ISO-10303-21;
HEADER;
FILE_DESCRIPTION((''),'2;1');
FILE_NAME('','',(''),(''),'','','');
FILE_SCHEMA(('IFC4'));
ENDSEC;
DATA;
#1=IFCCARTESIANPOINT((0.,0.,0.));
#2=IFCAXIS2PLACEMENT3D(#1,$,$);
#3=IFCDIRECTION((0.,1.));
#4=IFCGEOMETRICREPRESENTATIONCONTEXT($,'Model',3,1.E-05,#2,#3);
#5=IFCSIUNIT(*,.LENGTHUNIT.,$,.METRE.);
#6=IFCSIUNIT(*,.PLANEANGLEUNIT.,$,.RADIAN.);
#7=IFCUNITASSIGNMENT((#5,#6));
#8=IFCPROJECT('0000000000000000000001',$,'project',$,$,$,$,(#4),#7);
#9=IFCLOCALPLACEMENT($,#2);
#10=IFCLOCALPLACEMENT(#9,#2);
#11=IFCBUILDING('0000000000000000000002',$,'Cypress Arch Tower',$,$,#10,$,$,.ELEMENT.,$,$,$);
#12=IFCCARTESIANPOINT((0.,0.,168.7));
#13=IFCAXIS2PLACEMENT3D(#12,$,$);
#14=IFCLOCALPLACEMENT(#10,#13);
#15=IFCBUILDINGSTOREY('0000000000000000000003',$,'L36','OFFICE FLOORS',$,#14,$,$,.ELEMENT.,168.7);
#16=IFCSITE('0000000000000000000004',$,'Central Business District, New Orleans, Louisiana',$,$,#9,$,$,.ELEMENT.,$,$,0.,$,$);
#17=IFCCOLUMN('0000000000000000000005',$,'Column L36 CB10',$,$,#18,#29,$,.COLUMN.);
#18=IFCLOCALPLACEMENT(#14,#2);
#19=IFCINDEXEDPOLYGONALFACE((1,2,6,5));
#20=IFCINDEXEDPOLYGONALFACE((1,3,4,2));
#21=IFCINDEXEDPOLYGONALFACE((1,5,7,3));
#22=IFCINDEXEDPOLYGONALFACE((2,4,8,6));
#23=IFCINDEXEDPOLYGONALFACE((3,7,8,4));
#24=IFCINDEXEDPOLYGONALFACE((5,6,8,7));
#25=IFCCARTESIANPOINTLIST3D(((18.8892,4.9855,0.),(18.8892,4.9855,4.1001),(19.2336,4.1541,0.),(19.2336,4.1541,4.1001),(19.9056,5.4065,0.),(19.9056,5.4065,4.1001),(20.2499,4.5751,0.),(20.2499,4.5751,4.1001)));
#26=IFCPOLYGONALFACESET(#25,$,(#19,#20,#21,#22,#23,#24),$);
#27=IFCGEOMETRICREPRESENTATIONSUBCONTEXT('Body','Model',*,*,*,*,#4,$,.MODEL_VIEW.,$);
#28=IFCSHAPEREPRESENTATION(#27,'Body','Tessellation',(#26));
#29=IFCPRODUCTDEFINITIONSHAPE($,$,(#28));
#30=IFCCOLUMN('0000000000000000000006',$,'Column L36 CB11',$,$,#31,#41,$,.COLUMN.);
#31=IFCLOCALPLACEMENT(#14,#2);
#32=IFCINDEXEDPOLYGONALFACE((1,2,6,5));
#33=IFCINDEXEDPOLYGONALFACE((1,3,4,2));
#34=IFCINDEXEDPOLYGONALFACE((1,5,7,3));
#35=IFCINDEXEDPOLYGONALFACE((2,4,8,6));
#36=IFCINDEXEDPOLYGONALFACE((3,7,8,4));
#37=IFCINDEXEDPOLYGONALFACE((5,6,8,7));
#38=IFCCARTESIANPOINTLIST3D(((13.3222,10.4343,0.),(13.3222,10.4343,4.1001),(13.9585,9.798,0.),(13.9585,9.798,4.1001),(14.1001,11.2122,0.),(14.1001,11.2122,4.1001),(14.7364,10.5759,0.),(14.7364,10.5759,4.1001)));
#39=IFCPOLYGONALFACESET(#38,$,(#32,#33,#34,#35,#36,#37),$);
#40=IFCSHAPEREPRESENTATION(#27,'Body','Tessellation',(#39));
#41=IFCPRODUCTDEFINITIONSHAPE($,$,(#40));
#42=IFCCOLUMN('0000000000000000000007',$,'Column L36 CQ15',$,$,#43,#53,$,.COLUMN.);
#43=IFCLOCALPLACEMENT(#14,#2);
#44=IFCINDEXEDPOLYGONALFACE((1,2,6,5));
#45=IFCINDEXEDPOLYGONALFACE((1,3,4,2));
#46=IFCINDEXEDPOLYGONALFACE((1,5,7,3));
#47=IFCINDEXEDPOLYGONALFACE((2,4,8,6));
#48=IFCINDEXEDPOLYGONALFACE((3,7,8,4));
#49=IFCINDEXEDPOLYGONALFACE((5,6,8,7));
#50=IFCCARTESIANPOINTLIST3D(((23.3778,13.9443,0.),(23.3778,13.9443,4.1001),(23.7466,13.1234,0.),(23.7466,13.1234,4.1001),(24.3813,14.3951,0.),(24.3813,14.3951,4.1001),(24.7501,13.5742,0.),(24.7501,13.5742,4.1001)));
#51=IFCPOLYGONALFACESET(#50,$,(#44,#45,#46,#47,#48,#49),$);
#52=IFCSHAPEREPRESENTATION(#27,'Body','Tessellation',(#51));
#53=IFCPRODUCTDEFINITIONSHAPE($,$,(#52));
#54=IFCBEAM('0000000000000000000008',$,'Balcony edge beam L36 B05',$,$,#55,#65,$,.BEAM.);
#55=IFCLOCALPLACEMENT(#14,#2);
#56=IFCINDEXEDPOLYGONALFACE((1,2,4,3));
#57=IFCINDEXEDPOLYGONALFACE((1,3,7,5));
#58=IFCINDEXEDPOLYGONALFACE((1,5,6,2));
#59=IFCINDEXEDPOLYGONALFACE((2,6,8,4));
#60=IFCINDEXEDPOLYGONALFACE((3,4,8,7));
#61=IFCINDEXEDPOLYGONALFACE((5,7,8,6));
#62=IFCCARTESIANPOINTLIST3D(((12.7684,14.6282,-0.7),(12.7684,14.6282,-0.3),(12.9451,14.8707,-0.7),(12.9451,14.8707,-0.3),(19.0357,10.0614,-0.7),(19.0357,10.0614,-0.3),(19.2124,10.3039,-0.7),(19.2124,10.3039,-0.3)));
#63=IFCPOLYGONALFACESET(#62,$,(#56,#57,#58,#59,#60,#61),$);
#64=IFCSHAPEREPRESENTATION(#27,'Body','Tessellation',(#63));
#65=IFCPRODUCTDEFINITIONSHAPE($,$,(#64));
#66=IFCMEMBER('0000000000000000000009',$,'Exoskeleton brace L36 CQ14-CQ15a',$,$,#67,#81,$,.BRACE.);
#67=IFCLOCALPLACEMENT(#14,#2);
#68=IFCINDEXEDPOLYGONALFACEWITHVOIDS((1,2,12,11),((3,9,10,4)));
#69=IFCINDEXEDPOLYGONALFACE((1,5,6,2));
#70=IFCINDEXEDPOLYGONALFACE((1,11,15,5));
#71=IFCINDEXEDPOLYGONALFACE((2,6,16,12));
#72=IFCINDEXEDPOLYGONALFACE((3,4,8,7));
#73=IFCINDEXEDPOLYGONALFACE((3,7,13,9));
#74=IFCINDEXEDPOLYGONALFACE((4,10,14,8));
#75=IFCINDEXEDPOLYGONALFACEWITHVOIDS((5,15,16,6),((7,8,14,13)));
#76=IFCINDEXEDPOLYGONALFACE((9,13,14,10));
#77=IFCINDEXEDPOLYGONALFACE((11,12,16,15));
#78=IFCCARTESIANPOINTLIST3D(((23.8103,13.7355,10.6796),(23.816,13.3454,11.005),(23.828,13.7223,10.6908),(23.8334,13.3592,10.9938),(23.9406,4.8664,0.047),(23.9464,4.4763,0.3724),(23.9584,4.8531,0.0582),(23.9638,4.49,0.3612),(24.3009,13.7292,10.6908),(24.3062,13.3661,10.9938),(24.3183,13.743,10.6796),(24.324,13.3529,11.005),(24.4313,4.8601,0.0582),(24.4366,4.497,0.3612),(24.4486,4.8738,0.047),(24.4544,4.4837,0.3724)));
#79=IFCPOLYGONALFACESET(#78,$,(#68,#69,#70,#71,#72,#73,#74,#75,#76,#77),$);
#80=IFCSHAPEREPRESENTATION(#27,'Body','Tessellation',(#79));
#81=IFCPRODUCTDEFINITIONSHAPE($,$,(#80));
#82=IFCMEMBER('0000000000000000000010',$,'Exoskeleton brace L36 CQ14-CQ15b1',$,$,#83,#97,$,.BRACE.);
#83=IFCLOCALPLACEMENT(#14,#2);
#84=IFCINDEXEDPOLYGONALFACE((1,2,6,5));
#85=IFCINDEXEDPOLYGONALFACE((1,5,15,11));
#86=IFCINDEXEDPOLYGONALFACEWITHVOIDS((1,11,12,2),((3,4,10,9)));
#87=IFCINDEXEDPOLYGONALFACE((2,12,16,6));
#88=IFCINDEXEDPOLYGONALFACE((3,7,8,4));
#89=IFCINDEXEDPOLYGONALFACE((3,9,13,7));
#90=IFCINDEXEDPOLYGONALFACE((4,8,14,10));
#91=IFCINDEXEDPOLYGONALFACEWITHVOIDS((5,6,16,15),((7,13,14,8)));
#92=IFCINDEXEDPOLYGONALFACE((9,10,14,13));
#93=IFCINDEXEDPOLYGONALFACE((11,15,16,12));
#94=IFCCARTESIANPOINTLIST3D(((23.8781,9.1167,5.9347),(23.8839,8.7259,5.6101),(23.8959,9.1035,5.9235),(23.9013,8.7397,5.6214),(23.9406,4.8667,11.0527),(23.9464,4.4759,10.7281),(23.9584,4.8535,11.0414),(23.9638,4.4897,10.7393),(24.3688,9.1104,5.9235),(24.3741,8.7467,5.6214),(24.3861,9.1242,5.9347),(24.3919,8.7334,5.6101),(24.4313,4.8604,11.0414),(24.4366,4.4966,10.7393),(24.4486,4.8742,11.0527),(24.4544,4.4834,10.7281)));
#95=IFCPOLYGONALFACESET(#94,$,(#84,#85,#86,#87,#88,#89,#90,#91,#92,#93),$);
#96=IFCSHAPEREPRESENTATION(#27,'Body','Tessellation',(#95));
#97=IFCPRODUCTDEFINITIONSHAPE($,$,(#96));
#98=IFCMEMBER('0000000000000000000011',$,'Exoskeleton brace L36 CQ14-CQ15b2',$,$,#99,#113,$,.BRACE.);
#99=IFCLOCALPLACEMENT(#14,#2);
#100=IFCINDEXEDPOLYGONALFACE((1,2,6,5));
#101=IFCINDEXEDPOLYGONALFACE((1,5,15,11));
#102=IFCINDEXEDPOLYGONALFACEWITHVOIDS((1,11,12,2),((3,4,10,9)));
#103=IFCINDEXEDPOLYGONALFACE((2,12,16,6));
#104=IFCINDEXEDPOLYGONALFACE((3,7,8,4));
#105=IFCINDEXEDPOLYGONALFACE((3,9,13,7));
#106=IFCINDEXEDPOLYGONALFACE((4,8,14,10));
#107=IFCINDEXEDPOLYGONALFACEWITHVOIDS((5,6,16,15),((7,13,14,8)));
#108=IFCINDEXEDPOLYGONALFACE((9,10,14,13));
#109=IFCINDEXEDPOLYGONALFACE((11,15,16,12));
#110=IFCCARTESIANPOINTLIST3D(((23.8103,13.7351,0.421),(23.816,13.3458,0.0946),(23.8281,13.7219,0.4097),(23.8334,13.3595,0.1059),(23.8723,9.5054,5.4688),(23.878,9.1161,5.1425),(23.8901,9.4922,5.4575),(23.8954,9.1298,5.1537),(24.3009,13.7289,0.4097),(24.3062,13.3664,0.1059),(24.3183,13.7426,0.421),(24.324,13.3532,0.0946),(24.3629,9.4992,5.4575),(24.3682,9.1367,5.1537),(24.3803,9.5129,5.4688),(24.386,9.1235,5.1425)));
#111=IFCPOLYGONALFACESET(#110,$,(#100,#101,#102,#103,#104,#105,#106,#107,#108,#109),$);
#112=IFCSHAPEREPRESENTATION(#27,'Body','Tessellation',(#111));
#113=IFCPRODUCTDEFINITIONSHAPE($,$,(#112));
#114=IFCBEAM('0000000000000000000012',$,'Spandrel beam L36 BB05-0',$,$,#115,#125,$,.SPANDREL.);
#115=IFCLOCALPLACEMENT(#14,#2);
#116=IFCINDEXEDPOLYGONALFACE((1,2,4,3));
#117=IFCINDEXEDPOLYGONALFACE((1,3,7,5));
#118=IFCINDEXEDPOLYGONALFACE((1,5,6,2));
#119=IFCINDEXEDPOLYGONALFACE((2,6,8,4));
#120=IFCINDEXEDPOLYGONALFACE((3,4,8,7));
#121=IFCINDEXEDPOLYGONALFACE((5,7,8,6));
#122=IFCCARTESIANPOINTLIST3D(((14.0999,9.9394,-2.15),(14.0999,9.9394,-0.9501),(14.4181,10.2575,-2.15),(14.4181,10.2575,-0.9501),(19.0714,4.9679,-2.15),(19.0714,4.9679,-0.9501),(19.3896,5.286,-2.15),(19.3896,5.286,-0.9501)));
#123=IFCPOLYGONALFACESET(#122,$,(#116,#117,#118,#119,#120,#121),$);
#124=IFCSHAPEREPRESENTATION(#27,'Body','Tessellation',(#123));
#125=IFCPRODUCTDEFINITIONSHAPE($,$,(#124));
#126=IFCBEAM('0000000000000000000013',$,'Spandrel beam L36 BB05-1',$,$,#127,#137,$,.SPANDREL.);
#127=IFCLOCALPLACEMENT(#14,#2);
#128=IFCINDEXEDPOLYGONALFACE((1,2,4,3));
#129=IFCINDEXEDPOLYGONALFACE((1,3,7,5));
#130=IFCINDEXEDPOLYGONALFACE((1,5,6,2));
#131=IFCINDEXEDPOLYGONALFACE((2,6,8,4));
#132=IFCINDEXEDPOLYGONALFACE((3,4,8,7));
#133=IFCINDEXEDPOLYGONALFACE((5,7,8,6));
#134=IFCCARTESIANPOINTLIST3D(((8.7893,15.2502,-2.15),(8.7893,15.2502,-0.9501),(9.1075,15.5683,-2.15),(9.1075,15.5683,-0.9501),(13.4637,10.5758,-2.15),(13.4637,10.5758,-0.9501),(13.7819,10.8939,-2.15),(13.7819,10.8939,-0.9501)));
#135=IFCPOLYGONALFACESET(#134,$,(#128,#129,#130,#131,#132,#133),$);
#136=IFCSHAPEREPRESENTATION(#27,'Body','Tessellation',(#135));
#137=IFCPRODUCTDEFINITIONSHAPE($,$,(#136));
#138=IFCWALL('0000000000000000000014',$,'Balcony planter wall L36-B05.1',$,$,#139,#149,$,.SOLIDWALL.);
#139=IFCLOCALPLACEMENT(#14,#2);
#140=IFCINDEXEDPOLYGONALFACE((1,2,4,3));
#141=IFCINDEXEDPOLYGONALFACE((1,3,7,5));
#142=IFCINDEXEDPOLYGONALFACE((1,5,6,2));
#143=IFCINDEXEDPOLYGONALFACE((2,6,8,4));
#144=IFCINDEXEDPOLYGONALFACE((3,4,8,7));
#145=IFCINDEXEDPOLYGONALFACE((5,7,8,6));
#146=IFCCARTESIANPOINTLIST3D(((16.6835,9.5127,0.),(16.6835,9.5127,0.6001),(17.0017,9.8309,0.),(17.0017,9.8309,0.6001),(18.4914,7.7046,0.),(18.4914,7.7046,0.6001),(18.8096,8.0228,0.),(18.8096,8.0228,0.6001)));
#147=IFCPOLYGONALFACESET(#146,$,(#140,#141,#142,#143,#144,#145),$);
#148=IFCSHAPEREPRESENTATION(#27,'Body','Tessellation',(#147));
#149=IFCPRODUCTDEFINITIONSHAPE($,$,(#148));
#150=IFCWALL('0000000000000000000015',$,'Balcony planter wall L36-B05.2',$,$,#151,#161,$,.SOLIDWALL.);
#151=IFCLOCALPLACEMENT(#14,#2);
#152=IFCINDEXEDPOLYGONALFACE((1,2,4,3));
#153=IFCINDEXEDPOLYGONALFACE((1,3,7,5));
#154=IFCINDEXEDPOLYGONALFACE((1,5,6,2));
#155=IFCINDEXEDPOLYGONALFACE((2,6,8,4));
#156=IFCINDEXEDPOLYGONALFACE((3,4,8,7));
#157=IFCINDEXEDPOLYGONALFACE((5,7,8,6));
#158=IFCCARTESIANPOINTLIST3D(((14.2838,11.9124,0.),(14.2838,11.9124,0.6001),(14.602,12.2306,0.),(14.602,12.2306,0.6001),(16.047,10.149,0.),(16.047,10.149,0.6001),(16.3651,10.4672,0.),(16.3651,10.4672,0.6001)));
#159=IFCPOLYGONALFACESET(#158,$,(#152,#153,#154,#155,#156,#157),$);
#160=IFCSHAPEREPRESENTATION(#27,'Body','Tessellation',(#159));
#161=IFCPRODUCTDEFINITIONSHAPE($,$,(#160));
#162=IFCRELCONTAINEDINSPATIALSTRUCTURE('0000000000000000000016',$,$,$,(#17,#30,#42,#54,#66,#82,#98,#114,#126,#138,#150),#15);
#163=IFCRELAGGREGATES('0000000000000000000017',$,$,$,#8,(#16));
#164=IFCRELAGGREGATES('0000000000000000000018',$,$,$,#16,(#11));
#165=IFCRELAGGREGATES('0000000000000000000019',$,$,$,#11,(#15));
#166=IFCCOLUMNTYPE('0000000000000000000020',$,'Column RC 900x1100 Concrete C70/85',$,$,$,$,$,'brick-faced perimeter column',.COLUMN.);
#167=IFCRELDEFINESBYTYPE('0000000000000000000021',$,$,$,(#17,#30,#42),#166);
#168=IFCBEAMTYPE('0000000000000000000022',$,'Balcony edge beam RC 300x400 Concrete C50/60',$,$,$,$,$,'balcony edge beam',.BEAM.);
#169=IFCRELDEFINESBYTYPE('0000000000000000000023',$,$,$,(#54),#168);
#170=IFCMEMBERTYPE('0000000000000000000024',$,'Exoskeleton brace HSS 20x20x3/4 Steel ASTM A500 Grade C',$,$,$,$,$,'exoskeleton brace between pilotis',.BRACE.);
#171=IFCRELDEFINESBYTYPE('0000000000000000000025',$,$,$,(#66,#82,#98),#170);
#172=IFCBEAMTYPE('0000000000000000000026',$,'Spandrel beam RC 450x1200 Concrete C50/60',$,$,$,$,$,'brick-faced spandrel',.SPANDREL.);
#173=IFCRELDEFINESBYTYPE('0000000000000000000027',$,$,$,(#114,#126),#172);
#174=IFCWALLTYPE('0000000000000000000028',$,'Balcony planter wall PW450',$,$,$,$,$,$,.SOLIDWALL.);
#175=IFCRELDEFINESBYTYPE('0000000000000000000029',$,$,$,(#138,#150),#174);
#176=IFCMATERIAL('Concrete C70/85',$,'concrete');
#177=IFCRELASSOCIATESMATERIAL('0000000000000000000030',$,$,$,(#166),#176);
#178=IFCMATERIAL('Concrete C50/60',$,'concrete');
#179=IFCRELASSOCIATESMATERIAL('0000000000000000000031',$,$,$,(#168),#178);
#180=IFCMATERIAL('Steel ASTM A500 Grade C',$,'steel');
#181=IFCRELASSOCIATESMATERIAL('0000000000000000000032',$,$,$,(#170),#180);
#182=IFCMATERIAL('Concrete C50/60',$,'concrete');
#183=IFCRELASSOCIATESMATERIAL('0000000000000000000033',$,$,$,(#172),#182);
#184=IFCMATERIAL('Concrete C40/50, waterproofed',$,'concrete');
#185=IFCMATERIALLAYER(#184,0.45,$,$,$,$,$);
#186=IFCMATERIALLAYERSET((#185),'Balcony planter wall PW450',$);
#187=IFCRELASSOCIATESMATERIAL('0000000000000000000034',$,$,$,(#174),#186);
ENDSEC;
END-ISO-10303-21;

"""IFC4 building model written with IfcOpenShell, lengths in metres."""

from ifc_helpers import new_model, si_unit, direction, frame, frame_2d, origin, origin_2d, place, context, subcontext, project, spatial, rectangle, hollow_rectangle, extrude, material, layer, layer_set, material_profile, profile_set, type_object, element, save


model = new_model("IFC4")

# Units and contexts
model_context = context("Model", 3, precision=1e-05, world=origin(), true_north=direction((0.0, 1.0)))
body_context = subcontext(model_context, "Body", "Model", "MODEL_VIEW")
ifc_project = project(units=[si_unit("LENGTHUNIT", "METRE"), si_unit("PLANEANGLEUNIT", "RADIAN")], contexts=[model_context])

# Site, building, storey
site_placement = place(None, origin())
site = spatial("IfcSite", under=ifc_project, at=site_placement, Name="Central Business District, New Orleans, Louisiana", CompositionType="ELEMENT", RefElevation=0.0)
building_placement = place(site_placement, origin())
building = spatial("IfcBuilding", under=site, at=building_placement, Name="Cypress Arch Tower", CompositionType="ELEMENT")
storey_placement = place(building_placement, frame((0.0, 0.0, 168.7)))
storey = spatial("IfcBuildingStorey", under=building, at=storey_placement, Name="L36", Description="OFFICE FLOORS", CompositionType="ELEMENT", Elevation=168.7)

# Columns
ifc_material_1 = material(Name="Concrete C70/85", Category="concrete")
ifc_material_profile_1 = material_profile(ifc_material_1, rectangle(XDim=0.8999, YDim=1.1001, at=origin_2d()), Name="RC 900x1100")
ifc_profile_set_1 = profile_set([ifc_material_profile_1], Name="Concrete C70/85")
column_type = type_object("IfcColumnType", Name="Column RC 900x1100 Concrete C70/85", ElementType="brick-faced perimeter column", PredefinedType="COLUMN", material=ifc_profile_set_1)
for number, where, z_axis, x_axis, name in (
    (1, (19.5696, 4.7803, 0.0), (0.0, 0.0, 1.0), (-0.382683, 0.92388, 0.0), "Column L36 CB10"),
    (2, (14.0293, 10.5051, 0.0), (0.0, 0.0, 1.0), (-0.707107, 0.707107, 0.0), "Column L36 CB11"),
    (3, (24.064, 13.7593, 0.0), (0.0, 0.0, 1.0), (-0.409765, 0.912191, 0.0), "Column L36 CQ15"),
):
    element("IfcColumn", number, at=place(storey_placement, frame(where, z_axis=z_axis, x_axis=x_axis)), inside=storey, type_object=column_type, Name=name, PredefinedType="COLUMN", context=body_context, shape_type="SweptSolid", body=[
        extrude(rectangle(XDim=0.8999, YDim=1.1001, at=origin_2d()), origin(), (0.0, 0.0, 1.0), 4.1001),
    ])

# Beam
ifc_material_2 = material(Name="Concrete C50/60", Category="concrete")
ifc_material_profile_2 = material_profile(ifc_material_2, rectangle(XDim=0.3, YDim=0.3999, at=origin_2d()), Name="RC 300x400")
ifc_profile_set_2 = profile_set([ifc_material_profile_2], Name="Concrete C50/60")
beam_type_1 = type_object("IfcBeamType", Name="Balcony edge beam RC 300x400 Concrete C50/60", ElementType="balcony edge beam", PredefinedType="BEAM", material=ifc_profile_set_2)
beam_1_placement = place(storey_placement, frame((19.124, 10.1826, -0.5), z_axis=(-0.808194, 0.588916, 0.0), x_axis=(-0.588916, -0.808194, 0.0)))
element("IfcBeam", 4, at=beam_1_placement, inside=storey, type_object=beam_type_1, Name="Balcony edge beam L36 B05", PredefinedType="BEAM", context=body_context, shape_type="SweptSolid", body=[
    extrude(rectangle(XDim=0.3, YDim=0.3999, at=origin_2d()), origin(), (0.0, 0.0, 1.0), 7.7546),
])

# Members
ifc_material_3 = material(Name="Steel ASTM A500 Grade C", Category="steel")
ifc_material_profile_3 = material_profile(ifc_material_3, hollow_rectangle(XDim=0.5081, YDim=0.5081, WallThickness=0.0176, at=origin_2d()), Name="HSS 20x20x3/4")
ifc_profile_set_3 = profile_set([ifc_material_profile_3], Name="Steel ASTM A500 Grade C")
member_type = type_object("IfcMemberType", Name="Exoskeleton brace HSS 20x20x3/4 Steel ASTM A500 Grade C", ElementType="exoskeleton brace between pilotis", PredefinedType="BRACE", material=ifc_profile_set_3)
member_1_placement = place(storey_placement, frame((24.1975, 4.675, 0.2097), z_axis=(-0.009415, 0.640525, 0.767879), x_axis=(-0.999892, -0.014698, 0.0)))
element("IfcMember", 5, at=member_1_placement, inside=storey, type_object=member_type, Name="Exoskeleton brace L36 CQ14-CQ15a", PredefinedType="BRACE", context=body_context, shape_type="SweptSolid", body=[
    extrude(hollow_rectangle(XDim=0.5081, YDim=0.5081, WallThickness=0.0176, at=origin_2d()), origin(), (0.0, 0.0, 1.0), 13.8467),
])
member_2_placement = place(storey_placement, frame((24.1975, 4.675, 10.8904), z_axis=(-0.009395, 0.63883, -0.76929), x_axis=(-0.999892, -0.014704, 0.0)))
element("IfcMember", 6, at=member_2_placement, inside=storey, type_object=member_type, Name="Exoskeleton brace L36 CQ14-CQ15b1", PredefinedType="BRACE", context=body_context, shape_type="SweptSolid", body=[
    extrude(hollow_rectangle(XDim=0.5081, YDim=0.5081, WallThickness=0.0176, at=origin_2d()), origin(), (0.0, 0.0, 1.0), 6.6528),
])
member_3_placement = place(storey_placement, frame((24.0671, 13.5442, 0.2578), z_axis=(0.009416, -0.642232, 0.766452), x_axis=(0.999893, 0.014659, 0.0)))
element("IfcMember", 7, at=member_3_placement, inside=storey, type_object=member_type, Name="Exoskeleton brace L36 CQ14-CQ15b2", PredefinedType="BRACE", context=body_context, shape_type="SweptSolid", body=[
    extrude(hollow_rectangle(XDim=0.5081, YDim=0.5081, WallThickness=0.0176, at=origin_2d()), origin(), (0.0, 0.0, 1.0), 6.5859),
])

# Beams
ifc_material_4 = material(Name="Concrete C50/60", Category="concrete")
ifc_material_profile_4 = material_profile(ifc_material_4, rectangle(XDim=0.45, YDim=1.2, at=origin_2d()), Name="RC 450x1200")
ifc_profile_set_4 = profile_set([ifc_material_profile_4], Name="Concrete C50/60")
beam_type_2 = type_object("IfcBeamType", Name="Spandrel beam RC 450x1200 Concrete C50/60", ElementType="brick-faced spandrel", PredefinedType="SPANDREL", material=ifc_profile_set_4)
beam_2_placement = place(storey_placement, frame((19.2305, 5.127, -1.55), z_axis=(-0.707107, 0.707107, 0.0), x_axis=(-0.707107, -0.707107, 0.0)))
element("IfcBeam", 8, at=beam_2_placement, inside=storey, type_object=beam_type_2, Name="Spandrel beam L36 BB05-0", PredefinedType="SPANDREL", context=body_context, shape_type="SweptSolid", body=[
    extrude(rectangle(XDim=0.45, YDim=1.2, at=origin_2d()), origin(), (0.0, 0.0, 1.0), 7.0308),
])
beam_3_placement = place(storey_placement, frame((13.6228, 10.7349, -1.55), z_axis=(-0.707107, 0.707107, 0.0), x_axis=(-0.707107, -0.707107, 0.0)))
element("IfcBeam", 9, at=beam_3_placement, inside=storey, type_object=beam_type_2, Name="Spandrel beam L36 BB05-1", PredefinedType="SPANDREL", context=body_context, shape_type="SweptSolid", body=[
    extrude(rectangle(XDim=0.45, YDim=1.2, at=origin_2d()), origin(), (0.0, 0.0, 1.0), 6.6106),
])

# Walls
ifc_material_5 = material(Name="Concrete C40/50, waterproofed", Category="concrete")
ifc_layer_1 = layer(ifc_material_5, 0.45)
ifc_layer_set_1 = layer_set([ifc_layer_1], Name="Balcony planter wall PW450")
wall_type_1 = type_object("IfcWallType", Name="Balcony planter wall PW450", PredefinedType="SOLIDWALL", material=ifc_layer_set_1)
wall_1_placement = place(storey_placement, frame((18.6504, 7.8638, 0.0), z_axis=(0.0, 0.0, 1.0), x_axis=(-0.707059, 0.707155, 0.0)))
element("IfcWall", 10, at=wall_1_placement, inside=storey, type_object=wall_type_1, Name="Balcony planter wall L36-B05.1", PredefinedType="SOLIDWALL", context=body_context, shape_type="SweptSolid", body=[
    extrude(rectangle(XDim=2.5569, YDim=0.45, at=frame_2d((1.2783, 0.0))), origin(), (0.0, 0.0, 1.0), 0.6001),
])
wall_2_placement = place(storey_placement, frame((16.2061, 10.3081, 0.0), z_axis=(0.0, 0.0, 1.0), x_axis=(-0.707058, 0.707156, 0.0)))
element("IfcWall", 11, at=wall_2_placement, inside=storey, type_object=wall_type_1, Name="Balcony planter wall L36-B05.2", PredefinedType="SOLIDWALL", context=body_context, shape_type="SweptSolid", body=[
    extrude(rectangle(XDim=2.4937, YDim=0.45, at=frame_2d((1.2468, 0.0))), origin(), (0.0, 0.0, 1.0), 0.6001),
])

save(model, "model.ifc")
